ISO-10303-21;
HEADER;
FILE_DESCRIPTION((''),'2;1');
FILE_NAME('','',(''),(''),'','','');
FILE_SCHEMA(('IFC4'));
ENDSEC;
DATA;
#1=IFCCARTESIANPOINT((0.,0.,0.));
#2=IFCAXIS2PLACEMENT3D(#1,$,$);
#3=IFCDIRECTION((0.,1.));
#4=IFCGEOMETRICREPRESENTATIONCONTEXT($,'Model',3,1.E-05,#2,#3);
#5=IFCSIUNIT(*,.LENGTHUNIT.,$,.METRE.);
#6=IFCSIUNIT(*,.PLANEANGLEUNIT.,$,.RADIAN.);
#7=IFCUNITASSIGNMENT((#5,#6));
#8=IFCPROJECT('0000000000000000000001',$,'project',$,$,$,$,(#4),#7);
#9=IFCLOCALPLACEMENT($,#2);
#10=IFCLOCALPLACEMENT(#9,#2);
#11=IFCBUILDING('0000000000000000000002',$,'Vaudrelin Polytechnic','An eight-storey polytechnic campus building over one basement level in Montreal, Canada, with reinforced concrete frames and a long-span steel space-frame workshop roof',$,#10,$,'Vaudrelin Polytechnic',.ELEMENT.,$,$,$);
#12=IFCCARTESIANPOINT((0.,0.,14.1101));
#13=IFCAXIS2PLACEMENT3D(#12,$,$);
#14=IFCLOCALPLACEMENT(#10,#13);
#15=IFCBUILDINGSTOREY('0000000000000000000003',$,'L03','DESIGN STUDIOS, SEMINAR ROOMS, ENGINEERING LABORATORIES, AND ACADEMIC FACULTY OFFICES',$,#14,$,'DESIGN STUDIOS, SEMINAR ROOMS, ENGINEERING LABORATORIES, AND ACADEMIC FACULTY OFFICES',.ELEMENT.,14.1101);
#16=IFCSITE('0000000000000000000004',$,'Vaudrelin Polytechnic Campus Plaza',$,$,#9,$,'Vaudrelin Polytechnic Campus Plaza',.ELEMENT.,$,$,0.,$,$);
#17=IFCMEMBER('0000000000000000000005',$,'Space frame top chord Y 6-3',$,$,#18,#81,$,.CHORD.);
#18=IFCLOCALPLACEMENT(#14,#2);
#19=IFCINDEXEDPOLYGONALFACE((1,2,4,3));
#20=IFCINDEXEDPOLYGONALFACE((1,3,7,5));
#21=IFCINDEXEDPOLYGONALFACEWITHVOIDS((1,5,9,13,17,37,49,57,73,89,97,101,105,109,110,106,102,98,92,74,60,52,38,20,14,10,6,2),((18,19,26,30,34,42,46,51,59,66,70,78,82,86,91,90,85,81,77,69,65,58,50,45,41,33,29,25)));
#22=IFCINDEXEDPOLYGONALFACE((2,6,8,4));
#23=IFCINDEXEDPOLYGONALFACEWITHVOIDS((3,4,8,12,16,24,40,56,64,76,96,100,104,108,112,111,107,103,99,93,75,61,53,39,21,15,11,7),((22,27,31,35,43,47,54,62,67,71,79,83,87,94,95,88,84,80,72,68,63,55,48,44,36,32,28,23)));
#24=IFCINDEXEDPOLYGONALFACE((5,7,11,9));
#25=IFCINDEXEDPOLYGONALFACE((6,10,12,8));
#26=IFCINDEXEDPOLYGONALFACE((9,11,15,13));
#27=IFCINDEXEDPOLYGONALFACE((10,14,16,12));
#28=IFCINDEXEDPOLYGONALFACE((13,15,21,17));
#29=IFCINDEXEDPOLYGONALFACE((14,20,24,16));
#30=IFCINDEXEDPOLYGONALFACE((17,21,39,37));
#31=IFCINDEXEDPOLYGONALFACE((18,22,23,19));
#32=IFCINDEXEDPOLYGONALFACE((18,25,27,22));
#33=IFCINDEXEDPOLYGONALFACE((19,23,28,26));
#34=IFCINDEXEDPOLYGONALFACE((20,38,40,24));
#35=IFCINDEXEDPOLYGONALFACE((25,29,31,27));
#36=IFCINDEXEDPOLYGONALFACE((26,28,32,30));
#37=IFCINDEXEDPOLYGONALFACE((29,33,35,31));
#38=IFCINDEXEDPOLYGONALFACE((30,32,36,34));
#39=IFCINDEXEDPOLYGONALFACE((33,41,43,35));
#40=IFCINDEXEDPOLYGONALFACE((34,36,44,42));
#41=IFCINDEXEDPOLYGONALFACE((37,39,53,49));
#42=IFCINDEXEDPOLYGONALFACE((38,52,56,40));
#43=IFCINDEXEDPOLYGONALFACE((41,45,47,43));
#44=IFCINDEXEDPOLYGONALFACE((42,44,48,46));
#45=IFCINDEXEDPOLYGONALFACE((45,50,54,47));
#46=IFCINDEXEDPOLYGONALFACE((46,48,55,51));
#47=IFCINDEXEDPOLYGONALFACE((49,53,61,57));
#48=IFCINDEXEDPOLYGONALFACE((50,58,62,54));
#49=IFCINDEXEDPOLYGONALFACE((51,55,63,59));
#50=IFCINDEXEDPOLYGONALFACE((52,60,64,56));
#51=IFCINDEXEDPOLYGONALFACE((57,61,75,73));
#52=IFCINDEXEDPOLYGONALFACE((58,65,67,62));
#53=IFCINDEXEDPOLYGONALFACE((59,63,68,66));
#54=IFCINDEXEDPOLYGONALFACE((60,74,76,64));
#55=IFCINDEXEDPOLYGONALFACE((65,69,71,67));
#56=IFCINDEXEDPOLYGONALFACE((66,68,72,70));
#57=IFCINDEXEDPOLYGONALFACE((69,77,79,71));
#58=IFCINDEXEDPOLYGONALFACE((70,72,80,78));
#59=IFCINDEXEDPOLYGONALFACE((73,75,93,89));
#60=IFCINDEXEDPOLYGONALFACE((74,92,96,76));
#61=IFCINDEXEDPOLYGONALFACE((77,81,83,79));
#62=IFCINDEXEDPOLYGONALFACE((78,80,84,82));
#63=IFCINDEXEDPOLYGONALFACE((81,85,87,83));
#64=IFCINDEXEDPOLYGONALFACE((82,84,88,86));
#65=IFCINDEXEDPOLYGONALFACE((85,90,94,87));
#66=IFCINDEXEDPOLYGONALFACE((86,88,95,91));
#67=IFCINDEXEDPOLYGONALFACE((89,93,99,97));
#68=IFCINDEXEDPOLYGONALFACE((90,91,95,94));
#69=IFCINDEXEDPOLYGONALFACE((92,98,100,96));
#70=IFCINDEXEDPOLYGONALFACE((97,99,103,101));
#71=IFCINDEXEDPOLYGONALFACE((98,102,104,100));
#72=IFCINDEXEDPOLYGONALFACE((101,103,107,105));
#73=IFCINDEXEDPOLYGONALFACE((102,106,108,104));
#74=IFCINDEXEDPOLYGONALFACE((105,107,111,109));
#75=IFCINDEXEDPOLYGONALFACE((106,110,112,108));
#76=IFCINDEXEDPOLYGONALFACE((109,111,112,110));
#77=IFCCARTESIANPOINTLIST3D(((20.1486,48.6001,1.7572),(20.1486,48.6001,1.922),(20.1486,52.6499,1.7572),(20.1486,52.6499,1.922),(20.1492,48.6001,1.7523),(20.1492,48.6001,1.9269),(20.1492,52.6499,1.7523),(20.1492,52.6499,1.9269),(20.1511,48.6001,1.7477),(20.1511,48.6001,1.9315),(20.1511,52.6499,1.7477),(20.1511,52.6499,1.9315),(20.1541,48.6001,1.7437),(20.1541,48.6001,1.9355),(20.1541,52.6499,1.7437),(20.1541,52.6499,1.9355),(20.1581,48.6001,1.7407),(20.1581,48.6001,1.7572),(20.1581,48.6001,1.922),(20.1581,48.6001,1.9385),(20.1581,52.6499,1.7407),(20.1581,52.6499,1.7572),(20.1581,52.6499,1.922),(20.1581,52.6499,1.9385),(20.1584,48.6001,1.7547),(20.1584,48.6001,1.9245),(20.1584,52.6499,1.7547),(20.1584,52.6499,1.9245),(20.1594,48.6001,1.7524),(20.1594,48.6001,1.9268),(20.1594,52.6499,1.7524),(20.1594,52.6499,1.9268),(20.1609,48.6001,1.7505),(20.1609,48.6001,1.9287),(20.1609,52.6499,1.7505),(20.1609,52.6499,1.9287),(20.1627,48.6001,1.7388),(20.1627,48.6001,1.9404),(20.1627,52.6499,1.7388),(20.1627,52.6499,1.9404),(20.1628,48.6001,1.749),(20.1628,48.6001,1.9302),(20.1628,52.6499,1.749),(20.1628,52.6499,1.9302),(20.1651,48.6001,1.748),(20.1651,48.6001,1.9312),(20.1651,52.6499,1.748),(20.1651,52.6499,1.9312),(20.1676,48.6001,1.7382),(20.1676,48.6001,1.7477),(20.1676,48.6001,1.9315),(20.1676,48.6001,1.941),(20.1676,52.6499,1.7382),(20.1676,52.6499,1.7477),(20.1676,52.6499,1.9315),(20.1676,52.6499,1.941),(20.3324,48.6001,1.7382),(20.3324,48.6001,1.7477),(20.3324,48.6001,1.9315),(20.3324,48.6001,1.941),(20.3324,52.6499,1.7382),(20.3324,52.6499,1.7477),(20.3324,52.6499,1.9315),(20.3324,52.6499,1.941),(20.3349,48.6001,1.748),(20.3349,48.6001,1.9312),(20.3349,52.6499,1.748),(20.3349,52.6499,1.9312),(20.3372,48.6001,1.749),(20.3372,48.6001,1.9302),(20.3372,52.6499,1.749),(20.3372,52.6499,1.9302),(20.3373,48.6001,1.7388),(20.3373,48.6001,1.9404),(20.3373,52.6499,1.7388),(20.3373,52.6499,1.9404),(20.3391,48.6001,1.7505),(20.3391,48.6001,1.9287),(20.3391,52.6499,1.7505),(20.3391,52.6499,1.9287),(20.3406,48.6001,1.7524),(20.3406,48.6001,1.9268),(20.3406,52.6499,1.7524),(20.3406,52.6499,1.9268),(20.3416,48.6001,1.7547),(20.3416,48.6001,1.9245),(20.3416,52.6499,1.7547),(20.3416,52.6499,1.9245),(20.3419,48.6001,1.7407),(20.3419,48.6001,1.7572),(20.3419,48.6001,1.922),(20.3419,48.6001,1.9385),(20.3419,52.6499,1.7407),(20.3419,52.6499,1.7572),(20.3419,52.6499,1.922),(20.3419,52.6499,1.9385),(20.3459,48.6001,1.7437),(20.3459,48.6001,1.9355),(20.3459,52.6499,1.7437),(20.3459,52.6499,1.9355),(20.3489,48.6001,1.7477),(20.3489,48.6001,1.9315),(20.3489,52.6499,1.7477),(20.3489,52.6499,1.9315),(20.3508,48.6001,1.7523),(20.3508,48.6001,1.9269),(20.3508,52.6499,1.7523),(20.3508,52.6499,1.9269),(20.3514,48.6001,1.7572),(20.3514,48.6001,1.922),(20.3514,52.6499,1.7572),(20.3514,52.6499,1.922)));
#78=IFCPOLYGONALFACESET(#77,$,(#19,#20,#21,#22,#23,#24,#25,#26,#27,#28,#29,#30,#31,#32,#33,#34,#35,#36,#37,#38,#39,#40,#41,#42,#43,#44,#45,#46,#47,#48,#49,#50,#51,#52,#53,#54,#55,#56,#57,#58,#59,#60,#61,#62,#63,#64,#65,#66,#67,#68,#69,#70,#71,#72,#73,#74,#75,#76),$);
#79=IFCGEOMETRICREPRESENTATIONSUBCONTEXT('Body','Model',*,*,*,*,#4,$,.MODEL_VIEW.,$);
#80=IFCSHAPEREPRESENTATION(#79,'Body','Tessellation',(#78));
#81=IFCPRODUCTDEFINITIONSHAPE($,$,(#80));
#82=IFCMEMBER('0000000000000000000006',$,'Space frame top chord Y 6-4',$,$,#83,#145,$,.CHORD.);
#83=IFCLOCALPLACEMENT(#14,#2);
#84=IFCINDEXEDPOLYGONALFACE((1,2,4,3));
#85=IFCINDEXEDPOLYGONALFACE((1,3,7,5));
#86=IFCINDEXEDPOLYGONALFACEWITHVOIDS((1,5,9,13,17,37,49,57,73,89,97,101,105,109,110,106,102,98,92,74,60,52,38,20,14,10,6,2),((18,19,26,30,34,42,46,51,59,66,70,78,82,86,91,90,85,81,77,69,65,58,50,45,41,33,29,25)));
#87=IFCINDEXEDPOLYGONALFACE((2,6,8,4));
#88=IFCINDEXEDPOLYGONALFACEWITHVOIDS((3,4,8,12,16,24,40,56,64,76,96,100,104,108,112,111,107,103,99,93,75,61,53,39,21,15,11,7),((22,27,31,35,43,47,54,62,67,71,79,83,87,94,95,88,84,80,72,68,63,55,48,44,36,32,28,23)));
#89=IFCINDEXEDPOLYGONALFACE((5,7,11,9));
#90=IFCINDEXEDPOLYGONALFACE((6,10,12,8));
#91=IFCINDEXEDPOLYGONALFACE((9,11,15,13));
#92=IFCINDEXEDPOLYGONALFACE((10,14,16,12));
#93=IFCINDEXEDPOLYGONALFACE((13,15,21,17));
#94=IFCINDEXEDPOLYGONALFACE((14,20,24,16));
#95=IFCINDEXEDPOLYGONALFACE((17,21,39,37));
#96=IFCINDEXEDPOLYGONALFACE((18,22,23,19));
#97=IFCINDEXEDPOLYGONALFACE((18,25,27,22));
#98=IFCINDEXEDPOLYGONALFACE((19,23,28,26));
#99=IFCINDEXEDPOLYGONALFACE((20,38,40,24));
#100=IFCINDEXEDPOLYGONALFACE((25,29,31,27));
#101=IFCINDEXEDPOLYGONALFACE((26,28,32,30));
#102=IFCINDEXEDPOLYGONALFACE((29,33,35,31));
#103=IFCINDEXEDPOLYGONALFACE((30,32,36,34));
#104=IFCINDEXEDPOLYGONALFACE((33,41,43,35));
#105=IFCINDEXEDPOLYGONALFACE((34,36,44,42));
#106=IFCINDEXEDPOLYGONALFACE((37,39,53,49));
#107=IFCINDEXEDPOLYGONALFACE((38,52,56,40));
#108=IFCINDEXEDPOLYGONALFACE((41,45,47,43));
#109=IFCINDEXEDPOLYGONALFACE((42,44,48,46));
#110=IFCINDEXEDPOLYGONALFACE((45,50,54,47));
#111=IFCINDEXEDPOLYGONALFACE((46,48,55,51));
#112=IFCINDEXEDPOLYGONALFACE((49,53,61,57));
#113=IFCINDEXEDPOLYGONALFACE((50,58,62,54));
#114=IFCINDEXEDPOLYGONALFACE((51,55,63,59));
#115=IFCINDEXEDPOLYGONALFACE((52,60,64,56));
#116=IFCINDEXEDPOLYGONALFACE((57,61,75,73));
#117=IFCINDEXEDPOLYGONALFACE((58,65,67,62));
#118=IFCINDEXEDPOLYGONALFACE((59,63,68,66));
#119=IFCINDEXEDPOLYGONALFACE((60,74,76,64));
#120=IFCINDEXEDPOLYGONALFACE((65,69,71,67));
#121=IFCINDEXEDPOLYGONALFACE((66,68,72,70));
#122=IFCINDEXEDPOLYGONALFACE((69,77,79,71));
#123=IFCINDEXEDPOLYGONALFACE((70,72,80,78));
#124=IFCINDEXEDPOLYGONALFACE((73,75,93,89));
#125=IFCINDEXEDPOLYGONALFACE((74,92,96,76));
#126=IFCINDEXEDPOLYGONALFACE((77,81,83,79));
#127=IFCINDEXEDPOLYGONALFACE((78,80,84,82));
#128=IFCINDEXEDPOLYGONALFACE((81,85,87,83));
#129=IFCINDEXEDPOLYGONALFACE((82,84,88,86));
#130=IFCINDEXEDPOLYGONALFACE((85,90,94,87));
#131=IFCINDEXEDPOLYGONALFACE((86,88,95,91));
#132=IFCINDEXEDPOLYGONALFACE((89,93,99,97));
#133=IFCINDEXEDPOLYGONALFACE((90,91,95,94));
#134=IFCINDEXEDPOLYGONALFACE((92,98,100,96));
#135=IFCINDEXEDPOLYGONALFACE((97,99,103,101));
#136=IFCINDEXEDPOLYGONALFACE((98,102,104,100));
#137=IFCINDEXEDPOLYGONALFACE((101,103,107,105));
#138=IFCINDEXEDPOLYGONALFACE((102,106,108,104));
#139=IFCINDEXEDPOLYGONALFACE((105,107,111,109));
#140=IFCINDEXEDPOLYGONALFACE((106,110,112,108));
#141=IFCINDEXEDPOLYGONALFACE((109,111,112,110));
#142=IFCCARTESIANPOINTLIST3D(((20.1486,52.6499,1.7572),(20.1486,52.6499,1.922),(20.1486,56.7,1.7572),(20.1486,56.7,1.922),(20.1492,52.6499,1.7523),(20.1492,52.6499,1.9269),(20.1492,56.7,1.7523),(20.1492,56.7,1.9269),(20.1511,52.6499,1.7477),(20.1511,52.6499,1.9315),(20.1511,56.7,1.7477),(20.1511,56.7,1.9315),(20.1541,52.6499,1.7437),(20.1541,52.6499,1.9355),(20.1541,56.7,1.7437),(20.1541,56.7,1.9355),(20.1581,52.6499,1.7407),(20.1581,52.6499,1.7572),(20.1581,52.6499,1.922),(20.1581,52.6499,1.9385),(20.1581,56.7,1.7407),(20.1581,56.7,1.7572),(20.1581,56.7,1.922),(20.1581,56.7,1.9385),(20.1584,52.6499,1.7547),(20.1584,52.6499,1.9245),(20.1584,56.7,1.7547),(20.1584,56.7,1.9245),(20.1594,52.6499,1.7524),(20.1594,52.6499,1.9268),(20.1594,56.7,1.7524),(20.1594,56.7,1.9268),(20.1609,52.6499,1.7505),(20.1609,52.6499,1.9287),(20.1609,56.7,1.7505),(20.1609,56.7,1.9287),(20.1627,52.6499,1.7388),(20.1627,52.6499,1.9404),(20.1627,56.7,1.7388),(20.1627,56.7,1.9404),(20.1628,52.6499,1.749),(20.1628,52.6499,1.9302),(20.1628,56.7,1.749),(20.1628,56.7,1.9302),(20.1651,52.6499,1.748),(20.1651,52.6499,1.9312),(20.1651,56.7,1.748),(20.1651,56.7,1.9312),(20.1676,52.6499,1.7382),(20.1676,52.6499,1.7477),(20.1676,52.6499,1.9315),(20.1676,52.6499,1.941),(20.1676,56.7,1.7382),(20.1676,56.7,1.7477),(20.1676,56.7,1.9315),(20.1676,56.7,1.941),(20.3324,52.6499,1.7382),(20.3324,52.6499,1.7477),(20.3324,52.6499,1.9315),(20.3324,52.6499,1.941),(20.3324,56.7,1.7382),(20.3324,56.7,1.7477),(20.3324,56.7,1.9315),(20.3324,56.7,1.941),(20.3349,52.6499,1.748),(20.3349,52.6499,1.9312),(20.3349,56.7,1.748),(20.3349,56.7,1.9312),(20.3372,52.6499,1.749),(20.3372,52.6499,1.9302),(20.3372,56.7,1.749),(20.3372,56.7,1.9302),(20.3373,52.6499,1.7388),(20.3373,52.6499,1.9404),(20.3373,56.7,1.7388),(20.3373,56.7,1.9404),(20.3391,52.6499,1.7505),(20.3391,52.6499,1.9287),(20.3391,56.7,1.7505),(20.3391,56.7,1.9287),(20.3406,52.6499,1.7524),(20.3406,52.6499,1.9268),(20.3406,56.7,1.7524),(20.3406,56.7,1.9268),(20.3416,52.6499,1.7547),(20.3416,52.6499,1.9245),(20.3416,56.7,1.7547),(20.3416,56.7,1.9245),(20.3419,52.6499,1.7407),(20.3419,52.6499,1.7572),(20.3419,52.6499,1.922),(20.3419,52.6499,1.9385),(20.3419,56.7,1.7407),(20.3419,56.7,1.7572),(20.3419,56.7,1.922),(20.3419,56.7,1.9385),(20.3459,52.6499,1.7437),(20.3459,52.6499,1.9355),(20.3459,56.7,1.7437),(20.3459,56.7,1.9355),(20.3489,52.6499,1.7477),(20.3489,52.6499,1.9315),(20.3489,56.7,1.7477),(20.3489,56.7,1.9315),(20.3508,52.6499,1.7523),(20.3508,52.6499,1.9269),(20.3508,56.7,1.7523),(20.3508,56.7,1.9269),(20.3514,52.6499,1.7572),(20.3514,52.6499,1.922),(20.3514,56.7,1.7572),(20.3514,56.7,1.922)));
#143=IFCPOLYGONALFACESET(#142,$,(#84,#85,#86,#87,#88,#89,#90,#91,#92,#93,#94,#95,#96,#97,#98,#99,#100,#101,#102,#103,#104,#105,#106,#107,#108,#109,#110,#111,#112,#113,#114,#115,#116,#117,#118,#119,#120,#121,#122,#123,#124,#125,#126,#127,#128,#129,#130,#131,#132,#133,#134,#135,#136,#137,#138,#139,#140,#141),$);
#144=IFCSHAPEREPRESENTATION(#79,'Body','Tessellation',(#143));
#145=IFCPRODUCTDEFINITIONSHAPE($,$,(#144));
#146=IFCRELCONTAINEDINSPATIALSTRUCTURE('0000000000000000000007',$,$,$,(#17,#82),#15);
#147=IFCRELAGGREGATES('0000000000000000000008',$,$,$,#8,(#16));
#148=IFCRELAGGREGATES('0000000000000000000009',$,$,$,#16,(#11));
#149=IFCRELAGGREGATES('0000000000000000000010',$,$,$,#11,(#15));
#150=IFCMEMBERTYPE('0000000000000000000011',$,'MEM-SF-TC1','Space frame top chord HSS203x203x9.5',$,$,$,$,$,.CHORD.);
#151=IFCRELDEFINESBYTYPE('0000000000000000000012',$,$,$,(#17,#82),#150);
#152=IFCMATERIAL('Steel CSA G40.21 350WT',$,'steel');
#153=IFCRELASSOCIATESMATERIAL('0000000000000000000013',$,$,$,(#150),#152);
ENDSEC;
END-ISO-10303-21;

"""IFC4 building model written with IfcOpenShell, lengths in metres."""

from ifc_helpers import new_model, si_unit, direction, frame, origin, origin_2d, place, context, subcontext, project, spatial, hollow_rectangle, extrude, material, material_profile, profile_set, type_object, element, save


model = new_model("IFC4")

# Units and contexts
model_context = context("Model", 3, precision=1e-05, world=origin(), true_north=direction((0.0, 1.0)))
body_context = subcontext(model_context, "Body", "Model", "MODEL_VIEW")
ifc_project = project(units=[si_unit("LENGTHUNIT", "METRE"), si_unit("PLANEANGLEUNIT", "RADIAN")], contexts=[model_context])

# Site, building, storey
site_placement = place(None, origin())
site = spatial("IfcSite", under=ifc_project, at=site_placement, Name="Vaudrelin Polytechnic Campus Plaza", LongName="Vaudrelin Polytechnic Campus Plaza", CompositionType="ELEMENT", RefElevation=0.0)
building_placement = place(site_placement, origin())
building = spatial("IfcBuilding", under=site, at=building_placement, Name="Vaudrelin Polytechnic", Description="An eight-storey polytechnic campus building over one basement level in Montreal, Canada, with reinforced concrete frames and a long-span steel space-frame workshop roof", LongName="Vaudrelin Polytechnic", CompositionType="ELEMENT")
storey_placement = place(building_placement, frame((0.0, 0.0, 14.1101)))
storey = spatial("IfcBuildingStorey", under=building, at=storey_placement, Name="L03", Description="DESIGN STUDIOS, SEMINAR ROOMS, ENGINEERING LABORATORIES, AND ACADEMIC FACULTY OFFICES", LongName="DESIGN STUDIOS, SEMINAR ROOMS, ENGINEERING LABORATORIES, AND ACADEMIC FACULTY OFFICES", CompositionType="ELEMENT", Elevation=14.1101)

# Members
ifc_material = material(Name="Steel CSA G40.21 350WT", Category="steel")
ifc_material_profile_1 = material_profile(ifc_material, hollow_rectangle(XDim=0.2029, YDim=0.2029, WallThickness=0.0095, InnerFilletRadius=0.0095, OuterFilletRadius=0.019, at=origin_2d()), Name="HSS203x203x9.5")
ifc_profile_set_1 = profile_set([ifc_material_profile_1], Name="Steel CSA G40.21 350WT")
member_type_1 = type_object("IfcMemberType", Name="MEM-SF-TC1", Description="Space frame top chord HSS203x203x9.5", PredefinedType="CHORD", material=ifc_profile_set_1)
member_1_placement = place(storey_placement, frame((20.25, 48.6001, 1.8396), z_axis=(0.0, 1.0, 0.0), x_axis=(-1.0, 0.0, 0.0)))
element("IfcMember", 1, at=member_1_placement, inside=storey, type_object=member_type_1, Name="Space frame top chord Y 6-3", PredefinedType="CHORD", context=body_context, shape_type="SweptSolid", body=[
    extrude(hollow_rectangle(XDim=0.2029, YDim=0.2029, WallThickness=0.0095, InnerFilletRadius=0.0095, OuterFilletRadius=0.019, at=origin_2d()), origin(), (0.0, 0.0, 1.0), 4.0498),
])
member_2_placement = place(storey_placement, frame((20.25, 52.6499, 1.8396), z_axis=(0.0, 1.0, 0.0), x_axis=(-1.0, 0.0, 0.0)))
element("IfcMember", 2, at=member_2_placement, inside=storey, type_object=member_type_1, Name="Space frame top chord Y 6-4", PredefinedType="CHORD", context=body_context, shape_type="SweptSolid", body=[
    extrude(hollow_rectangle(XDim=0.2029, YDim=0.2029, WallThickness=0.0095, InnerFilletRadius=0.0095, OuterFilletRadius=0.019, at=origin_2d()), origin(), (0.0, 0.0, 1.0), 4.05),
])

save(model, "model.ifc")
